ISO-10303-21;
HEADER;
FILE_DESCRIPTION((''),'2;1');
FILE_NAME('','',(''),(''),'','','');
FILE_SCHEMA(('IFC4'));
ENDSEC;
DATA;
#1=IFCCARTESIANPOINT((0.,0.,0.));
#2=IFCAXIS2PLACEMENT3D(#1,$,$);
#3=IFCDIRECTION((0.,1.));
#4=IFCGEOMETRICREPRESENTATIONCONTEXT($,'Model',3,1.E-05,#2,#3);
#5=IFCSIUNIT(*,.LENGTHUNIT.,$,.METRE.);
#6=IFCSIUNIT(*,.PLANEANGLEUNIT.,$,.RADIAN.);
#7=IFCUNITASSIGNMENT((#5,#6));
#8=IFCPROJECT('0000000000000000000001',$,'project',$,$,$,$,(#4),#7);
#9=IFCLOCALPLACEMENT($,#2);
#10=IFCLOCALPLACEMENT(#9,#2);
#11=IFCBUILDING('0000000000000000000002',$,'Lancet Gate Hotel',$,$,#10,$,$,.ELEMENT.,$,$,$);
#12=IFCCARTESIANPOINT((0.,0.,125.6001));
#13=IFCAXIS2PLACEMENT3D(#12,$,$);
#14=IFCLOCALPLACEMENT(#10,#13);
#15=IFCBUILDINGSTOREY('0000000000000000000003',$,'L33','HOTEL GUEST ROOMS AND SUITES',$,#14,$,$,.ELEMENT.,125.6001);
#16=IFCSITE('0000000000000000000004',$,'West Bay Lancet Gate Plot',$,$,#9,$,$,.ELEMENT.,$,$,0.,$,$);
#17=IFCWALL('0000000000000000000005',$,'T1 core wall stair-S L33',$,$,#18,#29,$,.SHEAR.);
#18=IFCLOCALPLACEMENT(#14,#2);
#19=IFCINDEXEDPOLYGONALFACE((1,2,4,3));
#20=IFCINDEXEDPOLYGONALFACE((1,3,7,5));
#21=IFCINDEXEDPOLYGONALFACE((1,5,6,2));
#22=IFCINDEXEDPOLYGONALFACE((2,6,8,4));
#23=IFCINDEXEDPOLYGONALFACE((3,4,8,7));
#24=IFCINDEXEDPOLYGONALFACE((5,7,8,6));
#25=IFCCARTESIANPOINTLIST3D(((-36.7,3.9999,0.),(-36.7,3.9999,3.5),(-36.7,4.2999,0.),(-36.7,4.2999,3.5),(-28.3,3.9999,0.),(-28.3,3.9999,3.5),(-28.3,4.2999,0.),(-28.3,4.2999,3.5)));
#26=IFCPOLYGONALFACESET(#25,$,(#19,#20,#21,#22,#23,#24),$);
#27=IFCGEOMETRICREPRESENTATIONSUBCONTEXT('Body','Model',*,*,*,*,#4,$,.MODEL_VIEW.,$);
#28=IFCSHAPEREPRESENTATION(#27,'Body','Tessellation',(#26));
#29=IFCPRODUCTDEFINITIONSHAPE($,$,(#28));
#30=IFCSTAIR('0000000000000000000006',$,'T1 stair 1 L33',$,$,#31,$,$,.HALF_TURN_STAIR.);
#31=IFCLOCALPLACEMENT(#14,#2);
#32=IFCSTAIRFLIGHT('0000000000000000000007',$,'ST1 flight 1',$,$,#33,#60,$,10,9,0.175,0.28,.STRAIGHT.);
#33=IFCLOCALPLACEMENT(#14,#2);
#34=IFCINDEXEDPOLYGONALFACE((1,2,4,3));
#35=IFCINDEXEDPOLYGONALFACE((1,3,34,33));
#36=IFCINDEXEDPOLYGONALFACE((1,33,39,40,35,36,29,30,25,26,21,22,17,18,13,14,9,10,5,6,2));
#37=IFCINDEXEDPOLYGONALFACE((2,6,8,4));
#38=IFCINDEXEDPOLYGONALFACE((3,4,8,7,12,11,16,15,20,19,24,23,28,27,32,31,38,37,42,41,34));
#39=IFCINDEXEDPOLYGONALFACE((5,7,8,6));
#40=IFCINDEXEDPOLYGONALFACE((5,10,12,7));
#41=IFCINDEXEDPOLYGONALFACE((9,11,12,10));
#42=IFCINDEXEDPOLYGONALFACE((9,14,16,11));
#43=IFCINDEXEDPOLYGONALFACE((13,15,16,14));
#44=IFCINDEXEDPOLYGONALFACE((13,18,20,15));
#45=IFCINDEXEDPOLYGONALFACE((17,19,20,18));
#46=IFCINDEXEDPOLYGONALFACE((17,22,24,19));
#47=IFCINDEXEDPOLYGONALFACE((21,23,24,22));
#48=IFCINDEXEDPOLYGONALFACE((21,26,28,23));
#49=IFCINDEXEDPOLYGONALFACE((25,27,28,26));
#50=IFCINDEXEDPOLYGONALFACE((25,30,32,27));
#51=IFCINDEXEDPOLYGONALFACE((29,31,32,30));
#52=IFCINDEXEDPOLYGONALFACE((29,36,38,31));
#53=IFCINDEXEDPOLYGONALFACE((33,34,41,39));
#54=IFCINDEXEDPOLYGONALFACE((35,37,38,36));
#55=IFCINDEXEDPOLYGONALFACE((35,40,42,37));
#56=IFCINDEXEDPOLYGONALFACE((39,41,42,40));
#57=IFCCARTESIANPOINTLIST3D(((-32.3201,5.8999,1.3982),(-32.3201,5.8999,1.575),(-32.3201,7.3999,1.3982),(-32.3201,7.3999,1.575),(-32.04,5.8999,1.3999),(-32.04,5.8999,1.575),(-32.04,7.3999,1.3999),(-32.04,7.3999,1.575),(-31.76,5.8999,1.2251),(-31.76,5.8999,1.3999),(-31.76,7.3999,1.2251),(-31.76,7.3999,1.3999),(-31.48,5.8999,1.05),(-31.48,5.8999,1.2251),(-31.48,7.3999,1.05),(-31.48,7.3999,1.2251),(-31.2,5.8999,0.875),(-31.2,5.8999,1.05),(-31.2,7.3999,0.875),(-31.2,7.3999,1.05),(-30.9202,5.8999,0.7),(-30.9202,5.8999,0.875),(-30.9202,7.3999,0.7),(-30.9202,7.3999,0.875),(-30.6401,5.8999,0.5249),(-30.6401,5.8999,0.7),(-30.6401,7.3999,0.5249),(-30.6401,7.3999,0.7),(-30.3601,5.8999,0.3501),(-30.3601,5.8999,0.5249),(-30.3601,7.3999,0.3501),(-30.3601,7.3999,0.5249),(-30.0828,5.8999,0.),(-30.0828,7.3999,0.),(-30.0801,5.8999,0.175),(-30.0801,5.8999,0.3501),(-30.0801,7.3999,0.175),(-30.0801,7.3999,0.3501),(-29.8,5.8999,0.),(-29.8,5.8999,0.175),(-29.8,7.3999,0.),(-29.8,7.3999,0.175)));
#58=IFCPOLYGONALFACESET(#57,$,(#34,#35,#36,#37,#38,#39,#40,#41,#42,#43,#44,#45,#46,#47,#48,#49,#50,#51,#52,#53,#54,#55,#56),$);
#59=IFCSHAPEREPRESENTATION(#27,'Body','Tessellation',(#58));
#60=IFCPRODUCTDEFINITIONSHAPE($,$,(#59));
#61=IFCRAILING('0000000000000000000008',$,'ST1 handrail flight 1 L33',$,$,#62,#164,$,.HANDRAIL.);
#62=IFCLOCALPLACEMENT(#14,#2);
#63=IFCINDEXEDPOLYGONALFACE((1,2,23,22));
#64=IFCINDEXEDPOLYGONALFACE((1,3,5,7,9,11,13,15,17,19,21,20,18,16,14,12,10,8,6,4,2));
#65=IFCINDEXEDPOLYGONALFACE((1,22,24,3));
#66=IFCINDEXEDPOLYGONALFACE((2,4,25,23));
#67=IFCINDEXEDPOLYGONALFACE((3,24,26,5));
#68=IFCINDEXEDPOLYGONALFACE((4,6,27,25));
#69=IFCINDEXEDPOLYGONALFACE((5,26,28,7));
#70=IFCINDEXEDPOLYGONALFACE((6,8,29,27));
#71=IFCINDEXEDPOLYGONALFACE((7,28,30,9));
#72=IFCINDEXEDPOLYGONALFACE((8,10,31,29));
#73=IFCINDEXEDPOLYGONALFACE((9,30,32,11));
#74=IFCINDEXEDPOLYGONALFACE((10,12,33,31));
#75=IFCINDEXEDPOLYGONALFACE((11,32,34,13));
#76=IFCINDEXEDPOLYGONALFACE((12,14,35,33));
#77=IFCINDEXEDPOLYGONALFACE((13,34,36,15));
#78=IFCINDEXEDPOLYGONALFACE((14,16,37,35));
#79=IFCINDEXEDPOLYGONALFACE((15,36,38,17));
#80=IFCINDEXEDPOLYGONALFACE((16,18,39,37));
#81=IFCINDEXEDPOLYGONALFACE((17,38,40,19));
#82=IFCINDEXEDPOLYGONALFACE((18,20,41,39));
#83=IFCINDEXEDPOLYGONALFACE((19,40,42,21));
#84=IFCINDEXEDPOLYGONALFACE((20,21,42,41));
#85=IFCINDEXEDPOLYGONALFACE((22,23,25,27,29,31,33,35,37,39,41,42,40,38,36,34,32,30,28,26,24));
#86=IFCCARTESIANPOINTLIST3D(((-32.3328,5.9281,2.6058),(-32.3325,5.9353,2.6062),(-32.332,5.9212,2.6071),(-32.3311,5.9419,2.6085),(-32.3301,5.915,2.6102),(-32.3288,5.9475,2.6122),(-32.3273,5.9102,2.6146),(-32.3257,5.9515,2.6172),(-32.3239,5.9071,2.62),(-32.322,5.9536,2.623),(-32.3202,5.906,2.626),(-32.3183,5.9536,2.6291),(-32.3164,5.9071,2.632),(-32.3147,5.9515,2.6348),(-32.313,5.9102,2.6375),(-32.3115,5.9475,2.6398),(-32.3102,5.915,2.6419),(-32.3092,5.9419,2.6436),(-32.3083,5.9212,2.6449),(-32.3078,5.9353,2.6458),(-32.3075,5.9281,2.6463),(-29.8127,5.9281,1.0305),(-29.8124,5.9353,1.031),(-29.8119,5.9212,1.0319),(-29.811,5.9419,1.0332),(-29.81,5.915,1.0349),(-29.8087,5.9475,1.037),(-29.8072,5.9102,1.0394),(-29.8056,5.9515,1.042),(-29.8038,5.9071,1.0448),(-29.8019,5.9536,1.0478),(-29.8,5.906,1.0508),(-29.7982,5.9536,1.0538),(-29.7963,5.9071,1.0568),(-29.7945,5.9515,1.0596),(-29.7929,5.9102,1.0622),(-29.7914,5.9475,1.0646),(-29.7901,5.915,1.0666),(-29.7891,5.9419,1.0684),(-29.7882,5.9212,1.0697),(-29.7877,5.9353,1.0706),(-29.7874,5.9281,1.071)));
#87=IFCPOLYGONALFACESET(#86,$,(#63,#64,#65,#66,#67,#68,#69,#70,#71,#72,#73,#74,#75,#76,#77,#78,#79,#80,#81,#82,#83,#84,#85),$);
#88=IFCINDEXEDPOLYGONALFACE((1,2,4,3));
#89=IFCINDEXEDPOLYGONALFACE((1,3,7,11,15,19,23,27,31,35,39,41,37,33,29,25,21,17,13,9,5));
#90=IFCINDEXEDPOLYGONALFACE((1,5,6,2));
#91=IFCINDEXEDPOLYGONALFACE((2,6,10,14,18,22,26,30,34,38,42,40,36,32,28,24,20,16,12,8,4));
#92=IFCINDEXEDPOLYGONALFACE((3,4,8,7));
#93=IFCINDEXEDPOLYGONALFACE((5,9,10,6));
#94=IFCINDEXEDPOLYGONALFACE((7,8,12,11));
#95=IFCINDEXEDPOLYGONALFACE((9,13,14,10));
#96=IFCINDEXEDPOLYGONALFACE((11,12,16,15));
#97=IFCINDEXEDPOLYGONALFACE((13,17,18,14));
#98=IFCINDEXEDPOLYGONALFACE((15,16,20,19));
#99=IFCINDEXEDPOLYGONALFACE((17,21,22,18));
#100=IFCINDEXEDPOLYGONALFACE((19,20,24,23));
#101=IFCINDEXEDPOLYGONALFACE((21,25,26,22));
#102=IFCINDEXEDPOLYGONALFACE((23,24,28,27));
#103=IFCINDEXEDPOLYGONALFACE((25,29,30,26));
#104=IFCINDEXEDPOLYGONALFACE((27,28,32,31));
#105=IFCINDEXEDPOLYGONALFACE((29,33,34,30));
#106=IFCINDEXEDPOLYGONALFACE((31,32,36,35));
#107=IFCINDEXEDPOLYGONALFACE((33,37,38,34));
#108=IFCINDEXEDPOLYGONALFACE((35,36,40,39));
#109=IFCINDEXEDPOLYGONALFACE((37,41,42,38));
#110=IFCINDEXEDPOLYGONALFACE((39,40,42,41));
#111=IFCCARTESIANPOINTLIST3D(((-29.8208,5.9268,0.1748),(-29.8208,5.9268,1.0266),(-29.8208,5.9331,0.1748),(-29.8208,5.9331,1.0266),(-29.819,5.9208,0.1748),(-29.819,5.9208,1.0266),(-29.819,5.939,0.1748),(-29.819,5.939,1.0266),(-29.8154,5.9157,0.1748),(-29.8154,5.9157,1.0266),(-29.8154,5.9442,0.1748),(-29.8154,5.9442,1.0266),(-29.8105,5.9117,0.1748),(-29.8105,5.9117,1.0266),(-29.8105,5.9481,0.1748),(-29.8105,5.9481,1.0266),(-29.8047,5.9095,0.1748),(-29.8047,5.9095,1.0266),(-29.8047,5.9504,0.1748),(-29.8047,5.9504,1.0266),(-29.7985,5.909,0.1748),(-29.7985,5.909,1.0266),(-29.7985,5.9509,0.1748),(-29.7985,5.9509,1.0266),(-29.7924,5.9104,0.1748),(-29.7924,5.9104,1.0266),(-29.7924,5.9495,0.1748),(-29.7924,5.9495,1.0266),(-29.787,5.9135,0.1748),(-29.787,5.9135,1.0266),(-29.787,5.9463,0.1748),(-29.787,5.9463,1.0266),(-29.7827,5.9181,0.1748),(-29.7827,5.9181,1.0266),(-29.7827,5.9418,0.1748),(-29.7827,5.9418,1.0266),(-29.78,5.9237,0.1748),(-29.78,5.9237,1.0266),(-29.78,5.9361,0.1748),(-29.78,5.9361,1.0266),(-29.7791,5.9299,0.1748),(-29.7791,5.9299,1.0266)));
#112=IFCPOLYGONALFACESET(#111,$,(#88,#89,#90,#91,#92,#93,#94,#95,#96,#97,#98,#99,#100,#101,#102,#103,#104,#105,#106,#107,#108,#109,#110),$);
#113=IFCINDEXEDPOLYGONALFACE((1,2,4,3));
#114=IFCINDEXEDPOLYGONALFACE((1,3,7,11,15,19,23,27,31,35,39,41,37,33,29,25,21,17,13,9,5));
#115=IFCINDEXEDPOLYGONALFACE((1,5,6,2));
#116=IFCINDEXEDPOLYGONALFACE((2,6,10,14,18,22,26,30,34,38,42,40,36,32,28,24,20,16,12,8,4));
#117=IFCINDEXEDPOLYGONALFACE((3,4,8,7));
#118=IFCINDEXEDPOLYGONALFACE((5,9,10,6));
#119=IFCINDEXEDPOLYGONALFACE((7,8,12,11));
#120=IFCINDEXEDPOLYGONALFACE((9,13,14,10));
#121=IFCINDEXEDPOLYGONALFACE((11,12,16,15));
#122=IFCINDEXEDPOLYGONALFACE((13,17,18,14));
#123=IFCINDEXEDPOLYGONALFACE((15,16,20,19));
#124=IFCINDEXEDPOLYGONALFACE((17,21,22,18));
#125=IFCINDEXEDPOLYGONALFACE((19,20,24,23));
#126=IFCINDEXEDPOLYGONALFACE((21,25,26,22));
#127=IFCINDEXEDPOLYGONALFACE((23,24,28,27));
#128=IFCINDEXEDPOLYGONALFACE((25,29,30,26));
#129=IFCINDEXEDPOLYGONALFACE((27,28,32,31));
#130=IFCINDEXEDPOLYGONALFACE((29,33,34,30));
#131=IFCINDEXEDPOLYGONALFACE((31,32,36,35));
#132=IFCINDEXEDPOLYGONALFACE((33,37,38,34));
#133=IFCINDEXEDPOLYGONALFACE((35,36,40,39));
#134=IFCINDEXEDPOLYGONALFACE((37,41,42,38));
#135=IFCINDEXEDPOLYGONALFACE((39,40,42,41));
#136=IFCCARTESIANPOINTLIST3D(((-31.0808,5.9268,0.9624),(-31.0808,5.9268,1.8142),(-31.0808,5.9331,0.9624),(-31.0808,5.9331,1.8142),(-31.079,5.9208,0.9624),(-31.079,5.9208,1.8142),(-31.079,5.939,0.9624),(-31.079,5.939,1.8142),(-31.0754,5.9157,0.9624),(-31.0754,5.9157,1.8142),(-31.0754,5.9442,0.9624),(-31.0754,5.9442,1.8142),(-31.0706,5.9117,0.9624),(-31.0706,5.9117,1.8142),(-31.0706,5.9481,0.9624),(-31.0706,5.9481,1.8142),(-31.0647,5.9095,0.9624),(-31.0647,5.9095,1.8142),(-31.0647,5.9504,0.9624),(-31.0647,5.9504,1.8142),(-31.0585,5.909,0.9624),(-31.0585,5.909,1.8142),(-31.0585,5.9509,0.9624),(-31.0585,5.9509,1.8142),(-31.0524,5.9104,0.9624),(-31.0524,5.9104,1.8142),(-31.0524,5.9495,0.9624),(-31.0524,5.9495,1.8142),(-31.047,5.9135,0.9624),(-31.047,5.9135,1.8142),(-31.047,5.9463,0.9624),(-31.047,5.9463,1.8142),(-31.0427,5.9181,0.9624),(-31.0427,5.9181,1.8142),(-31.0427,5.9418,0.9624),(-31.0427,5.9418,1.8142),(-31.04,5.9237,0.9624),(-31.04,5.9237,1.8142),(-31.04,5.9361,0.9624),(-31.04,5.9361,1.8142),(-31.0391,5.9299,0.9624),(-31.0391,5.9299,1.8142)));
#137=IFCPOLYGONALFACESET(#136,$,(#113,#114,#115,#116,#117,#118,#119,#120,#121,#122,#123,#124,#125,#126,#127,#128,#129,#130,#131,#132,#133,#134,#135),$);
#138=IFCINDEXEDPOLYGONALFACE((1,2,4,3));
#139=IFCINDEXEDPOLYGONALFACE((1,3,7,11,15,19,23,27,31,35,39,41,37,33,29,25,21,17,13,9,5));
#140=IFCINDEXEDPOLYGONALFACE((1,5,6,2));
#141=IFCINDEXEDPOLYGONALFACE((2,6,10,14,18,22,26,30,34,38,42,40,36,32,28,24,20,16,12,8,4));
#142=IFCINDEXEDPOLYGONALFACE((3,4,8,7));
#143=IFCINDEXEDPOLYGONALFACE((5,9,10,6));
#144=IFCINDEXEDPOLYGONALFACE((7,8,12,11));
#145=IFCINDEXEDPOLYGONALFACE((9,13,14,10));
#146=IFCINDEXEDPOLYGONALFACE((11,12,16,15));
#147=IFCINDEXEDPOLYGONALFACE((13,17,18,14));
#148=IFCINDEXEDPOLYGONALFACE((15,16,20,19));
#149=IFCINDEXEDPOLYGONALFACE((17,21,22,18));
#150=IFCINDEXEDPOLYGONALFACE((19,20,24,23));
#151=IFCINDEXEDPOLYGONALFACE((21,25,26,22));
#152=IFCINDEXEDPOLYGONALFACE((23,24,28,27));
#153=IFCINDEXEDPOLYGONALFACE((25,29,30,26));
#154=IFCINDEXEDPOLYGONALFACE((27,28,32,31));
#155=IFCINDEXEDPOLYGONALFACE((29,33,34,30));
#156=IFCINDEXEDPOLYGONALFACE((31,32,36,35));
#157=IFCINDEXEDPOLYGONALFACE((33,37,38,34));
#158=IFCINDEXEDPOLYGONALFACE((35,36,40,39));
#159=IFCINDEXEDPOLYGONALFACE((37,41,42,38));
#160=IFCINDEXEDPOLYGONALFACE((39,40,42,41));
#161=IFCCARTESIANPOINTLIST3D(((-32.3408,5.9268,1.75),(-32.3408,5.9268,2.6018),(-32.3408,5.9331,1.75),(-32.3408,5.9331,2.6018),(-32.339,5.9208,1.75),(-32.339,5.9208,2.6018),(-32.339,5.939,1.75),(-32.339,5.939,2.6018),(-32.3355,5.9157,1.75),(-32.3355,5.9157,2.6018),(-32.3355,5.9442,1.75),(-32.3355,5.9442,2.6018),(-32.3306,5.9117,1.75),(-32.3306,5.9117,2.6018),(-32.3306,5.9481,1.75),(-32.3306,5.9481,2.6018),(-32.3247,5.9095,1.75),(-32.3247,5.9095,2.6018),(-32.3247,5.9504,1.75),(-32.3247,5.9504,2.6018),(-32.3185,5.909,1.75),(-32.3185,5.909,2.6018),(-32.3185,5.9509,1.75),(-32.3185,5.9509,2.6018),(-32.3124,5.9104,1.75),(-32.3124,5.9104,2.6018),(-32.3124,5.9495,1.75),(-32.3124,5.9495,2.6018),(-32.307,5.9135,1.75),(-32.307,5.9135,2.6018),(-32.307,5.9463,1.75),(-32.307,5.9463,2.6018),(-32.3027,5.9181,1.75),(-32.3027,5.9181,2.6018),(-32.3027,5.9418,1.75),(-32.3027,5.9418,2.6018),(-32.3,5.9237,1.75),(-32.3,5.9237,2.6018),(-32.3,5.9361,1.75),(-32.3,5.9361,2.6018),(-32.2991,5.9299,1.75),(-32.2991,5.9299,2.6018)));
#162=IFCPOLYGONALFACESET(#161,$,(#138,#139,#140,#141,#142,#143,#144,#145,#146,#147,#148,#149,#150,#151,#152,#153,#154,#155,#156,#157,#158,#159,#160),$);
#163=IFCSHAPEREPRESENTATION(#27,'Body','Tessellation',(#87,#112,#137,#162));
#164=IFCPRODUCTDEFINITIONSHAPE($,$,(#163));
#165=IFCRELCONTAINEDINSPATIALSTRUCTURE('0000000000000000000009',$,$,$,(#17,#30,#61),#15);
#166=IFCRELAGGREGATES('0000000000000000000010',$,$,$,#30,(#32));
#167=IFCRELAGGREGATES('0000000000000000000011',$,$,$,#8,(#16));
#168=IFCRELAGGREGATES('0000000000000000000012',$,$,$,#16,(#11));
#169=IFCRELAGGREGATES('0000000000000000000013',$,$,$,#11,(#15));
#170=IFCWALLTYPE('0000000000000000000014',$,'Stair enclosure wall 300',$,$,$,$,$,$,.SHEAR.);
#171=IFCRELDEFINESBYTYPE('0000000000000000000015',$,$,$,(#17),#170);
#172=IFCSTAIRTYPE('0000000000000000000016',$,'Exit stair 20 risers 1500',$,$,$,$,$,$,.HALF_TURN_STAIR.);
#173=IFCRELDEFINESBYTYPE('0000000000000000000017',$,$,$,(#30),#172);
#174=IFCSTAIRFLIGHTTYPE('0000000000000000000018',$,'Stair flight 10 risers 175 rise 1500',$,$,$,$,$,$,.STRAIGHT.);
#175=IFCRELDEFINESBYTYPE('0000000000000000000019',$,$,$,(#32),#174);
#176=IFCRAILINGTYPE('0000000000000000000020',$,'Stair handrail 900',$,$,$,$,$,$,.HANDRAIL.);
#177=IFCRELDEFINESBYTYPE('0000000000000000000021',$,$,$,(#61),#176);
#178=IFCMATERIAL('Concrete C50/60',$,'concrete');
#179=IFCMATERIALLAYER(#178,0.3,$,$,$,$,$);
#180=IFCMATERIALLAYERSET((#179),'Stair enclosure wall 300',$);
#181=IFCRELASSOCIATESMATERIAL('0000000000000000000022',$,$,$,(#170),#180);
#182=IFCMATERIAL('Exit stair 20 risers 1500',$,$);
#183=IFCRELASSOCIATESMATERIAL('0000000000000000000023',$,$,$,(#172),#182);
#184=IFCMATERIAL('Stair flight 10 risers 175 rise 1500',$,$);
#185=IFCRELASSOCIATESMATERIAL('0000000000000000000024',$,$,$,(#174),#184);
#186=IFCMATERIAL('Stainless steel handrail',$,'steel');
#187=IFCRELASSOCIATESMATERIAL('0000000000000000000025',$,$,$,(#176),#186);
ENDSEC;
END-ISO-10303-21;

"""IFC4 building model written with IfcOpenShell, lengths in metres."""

from ifc_helpers import new_model, si_unit, direction, frame, frame_2d, origin, origin_2d, place, context, subcontext, project, spatial, polyline, rectangle, circle, outline, extrude, material, layer, layer_set, type_object, element, aggregate, save


model = new_model("IFC4")

# Units and contexts
model_context = context("Model", 3, precision=1e-05, world=origin(), true_north=direction((0.0, 1.0)))
body_context = subcontext(model_context, "Body", "Model", "MODEL_VIEW")
ifc_project = project(units=[si_unit("LENGTHUNIT", "METRE"), si_unit("PLANEANGLEUNIT", "RADIAN")], contexts=[model_context])

# Site, building, storey
site_placement = place(None, origin())
site = spatial("IfcSite", under=ifc_project, at=site_placement, Name="West Bay Lancet Gate Plot", CompositionType="ELEMENT", RefElevation=0.0)
building_placement = place(site_placement, origin())
building = spatial("IfcBuilding", under=site, at=building_placement, Name="Lancet Gate Hotel", CompositionType="ELEMENT")
storey_placement = place(building_placement, frame((0.0, 0.0, 125.6001)))
storey = spatial("IfcBuildingStorey", under=building, at=storey_placement, Name="L33", Description="HOTEL GUEST ROOMS AND SUITES", CompositionType="ELEMENT", Elevation=125.6001)

# Wall
ifc_material_1 = material(Name="Concrete C50/60", Category="concrete")
ifc_layer_1 = layer(ifc_material_1, 0.3)
ifc_layer_set_1 = layer_set([ifc_layer_1], Name="Stair enclosure wall 300")
wall_type_1 = type_object("IfcWallType", Name="Stair enclosure wall 300", PredefinedType="SHEAR", material=ifc_layer_set_1)
wall_1_placement = place(storey_placement, frame((-28.3, 4.1499, 0.0), z_axis=(0.0, 0.0, 1.0), x_axis=(-1.0, 0.0, 0.0)))
element("IfcWall", 1, at=wall_1_placement, inside=storey, type_object=wall_type_1, Name="T1 core wall stair-S L33", PredefinedType="SHEAR", context=body_context, shape_type="SweptSolid", body=[
    extrude(rectangle(XDim=8.3999, YDim=0.3, at=frame_2d((4.2, 0.0))), origin(), (0.0, 0.0, 1.0), 3.5),
])

# Stair, stair flight
ifc_material_2 = material(Name="Exit stair 20 risers 1500")
stair_type = type_object("IfcStairType", Name="Exit stair 20 risers 1500", PredefinedType="HALF_TURN_STAIR", material=ifc_material_2)
stair_placement = place(storey_placement, origin())
stair = element("IfcStair", 2, at=stair_placement, inside=storey, type_object=stair_type, Name="T1 stair 1 L33", PredefinedType="HALF_TURN_STAIR")
ifc_material_3 = material(Name="Stair flight 10 risers 175 rise 1500")
stair_flight_type = type_object("IfcStairFlightType", Name="Stair flight 10 risers 175 rise 1500", PredefinedType="STRAIGHT", material=ifc_material_3)
stair_flight_placement = place(storey_placement, frame((-29.8, 6.6499, 0.0), z_axis=(0.0, 0.0, 1.0), x_axis=(-1.0, 0.0, 0.0)))
stair_flight = element("IfcStairFlight", 3, at=stair_flight_placement, type_object=stair_flight_type, Name="ST1 flight 1", NumberOfRisers=10, NumberOfTreads=9, PredefinedType="STRAIGHT", RiserHeight=0.175, TreadLength=0.28, context=body_context, shape_type="SweptSolid", body=[
    extrude(outline(polyline([(0.0, 0.0), (0.0, 0.175), (0.28, 0.175), (0.28, 0.3501), (0.5601, 0.3501), (0.5601, 0.5249), (0.8401, 0.5249), (0.8401, 0.7), (1.1201, 0.7), (1.1201, 0.875), (1.3999, 0.875), (1.3999, 1.05), (1.6799, 1.05), (1.6799, 1.2251), (1.96, 1.2251), (1.96, 1.3999), (2.24, 1.3999), (2.24, 1.575), (2.52, 1.575), (2.52, 1.75), (2.52, 1.3982), (0.2827, 0.0), (0.0, 0.0)])), frame((0.0, 0.75, 0.0), z_axis=(0.0, -1.0, 0.0), x_axis=(1.0, 0.0, 0.0)), (0.0, 0.0, 1.0), 1.5),
])
aggregate(stair, [stair_flight])

# Railing
ifc_material_4 = material(Name="Stainless steel handrail", Category="steel")
railing_type = type_object("IfcRailingType", Name="Stair handrail 900", PredefinedType="HANDRAIL", material=ifc_material_4)
railing_placement = place(storey_placement, frame((-29.8, 5.9299, 0.1748)))
element("IfcRailing", 4, at=railing_placement, inside=storey, type_object=railing_type, Name="ST1 handrail flight 1 L33", PredefinedType="HANDRAIL", context=body_context, shape_type="SweptSolid", body=[
    extrude(circle(Radius=0.0239, at=origin_2d()), frame((0.0, 0.0, 0.876), z_axis=(-0.847971, 0.0, 0.530043), x_axis=(0.0, -1.0, 0.0)), (0.0, 0.0, 1.0), 2.9719),
    extrude(circle(Radius=0.021, at=origin_2d()), origin(), (0.0, 0.0, 1.0), 0.8518),
    extrude(circle(Radius=0.021, at=origin_2d()), frame((-1.26, 0.0, 0.7876)), (0.0, 0.0, 1.0), 0.8518),
    extrude(circle(Radius=0.021, at=origin_2d()), frame((-2.52, 0.0, 1.5752)), (0.0, 0.0, 1.0), 0.8518),
])

save(model, "model.ifc")
